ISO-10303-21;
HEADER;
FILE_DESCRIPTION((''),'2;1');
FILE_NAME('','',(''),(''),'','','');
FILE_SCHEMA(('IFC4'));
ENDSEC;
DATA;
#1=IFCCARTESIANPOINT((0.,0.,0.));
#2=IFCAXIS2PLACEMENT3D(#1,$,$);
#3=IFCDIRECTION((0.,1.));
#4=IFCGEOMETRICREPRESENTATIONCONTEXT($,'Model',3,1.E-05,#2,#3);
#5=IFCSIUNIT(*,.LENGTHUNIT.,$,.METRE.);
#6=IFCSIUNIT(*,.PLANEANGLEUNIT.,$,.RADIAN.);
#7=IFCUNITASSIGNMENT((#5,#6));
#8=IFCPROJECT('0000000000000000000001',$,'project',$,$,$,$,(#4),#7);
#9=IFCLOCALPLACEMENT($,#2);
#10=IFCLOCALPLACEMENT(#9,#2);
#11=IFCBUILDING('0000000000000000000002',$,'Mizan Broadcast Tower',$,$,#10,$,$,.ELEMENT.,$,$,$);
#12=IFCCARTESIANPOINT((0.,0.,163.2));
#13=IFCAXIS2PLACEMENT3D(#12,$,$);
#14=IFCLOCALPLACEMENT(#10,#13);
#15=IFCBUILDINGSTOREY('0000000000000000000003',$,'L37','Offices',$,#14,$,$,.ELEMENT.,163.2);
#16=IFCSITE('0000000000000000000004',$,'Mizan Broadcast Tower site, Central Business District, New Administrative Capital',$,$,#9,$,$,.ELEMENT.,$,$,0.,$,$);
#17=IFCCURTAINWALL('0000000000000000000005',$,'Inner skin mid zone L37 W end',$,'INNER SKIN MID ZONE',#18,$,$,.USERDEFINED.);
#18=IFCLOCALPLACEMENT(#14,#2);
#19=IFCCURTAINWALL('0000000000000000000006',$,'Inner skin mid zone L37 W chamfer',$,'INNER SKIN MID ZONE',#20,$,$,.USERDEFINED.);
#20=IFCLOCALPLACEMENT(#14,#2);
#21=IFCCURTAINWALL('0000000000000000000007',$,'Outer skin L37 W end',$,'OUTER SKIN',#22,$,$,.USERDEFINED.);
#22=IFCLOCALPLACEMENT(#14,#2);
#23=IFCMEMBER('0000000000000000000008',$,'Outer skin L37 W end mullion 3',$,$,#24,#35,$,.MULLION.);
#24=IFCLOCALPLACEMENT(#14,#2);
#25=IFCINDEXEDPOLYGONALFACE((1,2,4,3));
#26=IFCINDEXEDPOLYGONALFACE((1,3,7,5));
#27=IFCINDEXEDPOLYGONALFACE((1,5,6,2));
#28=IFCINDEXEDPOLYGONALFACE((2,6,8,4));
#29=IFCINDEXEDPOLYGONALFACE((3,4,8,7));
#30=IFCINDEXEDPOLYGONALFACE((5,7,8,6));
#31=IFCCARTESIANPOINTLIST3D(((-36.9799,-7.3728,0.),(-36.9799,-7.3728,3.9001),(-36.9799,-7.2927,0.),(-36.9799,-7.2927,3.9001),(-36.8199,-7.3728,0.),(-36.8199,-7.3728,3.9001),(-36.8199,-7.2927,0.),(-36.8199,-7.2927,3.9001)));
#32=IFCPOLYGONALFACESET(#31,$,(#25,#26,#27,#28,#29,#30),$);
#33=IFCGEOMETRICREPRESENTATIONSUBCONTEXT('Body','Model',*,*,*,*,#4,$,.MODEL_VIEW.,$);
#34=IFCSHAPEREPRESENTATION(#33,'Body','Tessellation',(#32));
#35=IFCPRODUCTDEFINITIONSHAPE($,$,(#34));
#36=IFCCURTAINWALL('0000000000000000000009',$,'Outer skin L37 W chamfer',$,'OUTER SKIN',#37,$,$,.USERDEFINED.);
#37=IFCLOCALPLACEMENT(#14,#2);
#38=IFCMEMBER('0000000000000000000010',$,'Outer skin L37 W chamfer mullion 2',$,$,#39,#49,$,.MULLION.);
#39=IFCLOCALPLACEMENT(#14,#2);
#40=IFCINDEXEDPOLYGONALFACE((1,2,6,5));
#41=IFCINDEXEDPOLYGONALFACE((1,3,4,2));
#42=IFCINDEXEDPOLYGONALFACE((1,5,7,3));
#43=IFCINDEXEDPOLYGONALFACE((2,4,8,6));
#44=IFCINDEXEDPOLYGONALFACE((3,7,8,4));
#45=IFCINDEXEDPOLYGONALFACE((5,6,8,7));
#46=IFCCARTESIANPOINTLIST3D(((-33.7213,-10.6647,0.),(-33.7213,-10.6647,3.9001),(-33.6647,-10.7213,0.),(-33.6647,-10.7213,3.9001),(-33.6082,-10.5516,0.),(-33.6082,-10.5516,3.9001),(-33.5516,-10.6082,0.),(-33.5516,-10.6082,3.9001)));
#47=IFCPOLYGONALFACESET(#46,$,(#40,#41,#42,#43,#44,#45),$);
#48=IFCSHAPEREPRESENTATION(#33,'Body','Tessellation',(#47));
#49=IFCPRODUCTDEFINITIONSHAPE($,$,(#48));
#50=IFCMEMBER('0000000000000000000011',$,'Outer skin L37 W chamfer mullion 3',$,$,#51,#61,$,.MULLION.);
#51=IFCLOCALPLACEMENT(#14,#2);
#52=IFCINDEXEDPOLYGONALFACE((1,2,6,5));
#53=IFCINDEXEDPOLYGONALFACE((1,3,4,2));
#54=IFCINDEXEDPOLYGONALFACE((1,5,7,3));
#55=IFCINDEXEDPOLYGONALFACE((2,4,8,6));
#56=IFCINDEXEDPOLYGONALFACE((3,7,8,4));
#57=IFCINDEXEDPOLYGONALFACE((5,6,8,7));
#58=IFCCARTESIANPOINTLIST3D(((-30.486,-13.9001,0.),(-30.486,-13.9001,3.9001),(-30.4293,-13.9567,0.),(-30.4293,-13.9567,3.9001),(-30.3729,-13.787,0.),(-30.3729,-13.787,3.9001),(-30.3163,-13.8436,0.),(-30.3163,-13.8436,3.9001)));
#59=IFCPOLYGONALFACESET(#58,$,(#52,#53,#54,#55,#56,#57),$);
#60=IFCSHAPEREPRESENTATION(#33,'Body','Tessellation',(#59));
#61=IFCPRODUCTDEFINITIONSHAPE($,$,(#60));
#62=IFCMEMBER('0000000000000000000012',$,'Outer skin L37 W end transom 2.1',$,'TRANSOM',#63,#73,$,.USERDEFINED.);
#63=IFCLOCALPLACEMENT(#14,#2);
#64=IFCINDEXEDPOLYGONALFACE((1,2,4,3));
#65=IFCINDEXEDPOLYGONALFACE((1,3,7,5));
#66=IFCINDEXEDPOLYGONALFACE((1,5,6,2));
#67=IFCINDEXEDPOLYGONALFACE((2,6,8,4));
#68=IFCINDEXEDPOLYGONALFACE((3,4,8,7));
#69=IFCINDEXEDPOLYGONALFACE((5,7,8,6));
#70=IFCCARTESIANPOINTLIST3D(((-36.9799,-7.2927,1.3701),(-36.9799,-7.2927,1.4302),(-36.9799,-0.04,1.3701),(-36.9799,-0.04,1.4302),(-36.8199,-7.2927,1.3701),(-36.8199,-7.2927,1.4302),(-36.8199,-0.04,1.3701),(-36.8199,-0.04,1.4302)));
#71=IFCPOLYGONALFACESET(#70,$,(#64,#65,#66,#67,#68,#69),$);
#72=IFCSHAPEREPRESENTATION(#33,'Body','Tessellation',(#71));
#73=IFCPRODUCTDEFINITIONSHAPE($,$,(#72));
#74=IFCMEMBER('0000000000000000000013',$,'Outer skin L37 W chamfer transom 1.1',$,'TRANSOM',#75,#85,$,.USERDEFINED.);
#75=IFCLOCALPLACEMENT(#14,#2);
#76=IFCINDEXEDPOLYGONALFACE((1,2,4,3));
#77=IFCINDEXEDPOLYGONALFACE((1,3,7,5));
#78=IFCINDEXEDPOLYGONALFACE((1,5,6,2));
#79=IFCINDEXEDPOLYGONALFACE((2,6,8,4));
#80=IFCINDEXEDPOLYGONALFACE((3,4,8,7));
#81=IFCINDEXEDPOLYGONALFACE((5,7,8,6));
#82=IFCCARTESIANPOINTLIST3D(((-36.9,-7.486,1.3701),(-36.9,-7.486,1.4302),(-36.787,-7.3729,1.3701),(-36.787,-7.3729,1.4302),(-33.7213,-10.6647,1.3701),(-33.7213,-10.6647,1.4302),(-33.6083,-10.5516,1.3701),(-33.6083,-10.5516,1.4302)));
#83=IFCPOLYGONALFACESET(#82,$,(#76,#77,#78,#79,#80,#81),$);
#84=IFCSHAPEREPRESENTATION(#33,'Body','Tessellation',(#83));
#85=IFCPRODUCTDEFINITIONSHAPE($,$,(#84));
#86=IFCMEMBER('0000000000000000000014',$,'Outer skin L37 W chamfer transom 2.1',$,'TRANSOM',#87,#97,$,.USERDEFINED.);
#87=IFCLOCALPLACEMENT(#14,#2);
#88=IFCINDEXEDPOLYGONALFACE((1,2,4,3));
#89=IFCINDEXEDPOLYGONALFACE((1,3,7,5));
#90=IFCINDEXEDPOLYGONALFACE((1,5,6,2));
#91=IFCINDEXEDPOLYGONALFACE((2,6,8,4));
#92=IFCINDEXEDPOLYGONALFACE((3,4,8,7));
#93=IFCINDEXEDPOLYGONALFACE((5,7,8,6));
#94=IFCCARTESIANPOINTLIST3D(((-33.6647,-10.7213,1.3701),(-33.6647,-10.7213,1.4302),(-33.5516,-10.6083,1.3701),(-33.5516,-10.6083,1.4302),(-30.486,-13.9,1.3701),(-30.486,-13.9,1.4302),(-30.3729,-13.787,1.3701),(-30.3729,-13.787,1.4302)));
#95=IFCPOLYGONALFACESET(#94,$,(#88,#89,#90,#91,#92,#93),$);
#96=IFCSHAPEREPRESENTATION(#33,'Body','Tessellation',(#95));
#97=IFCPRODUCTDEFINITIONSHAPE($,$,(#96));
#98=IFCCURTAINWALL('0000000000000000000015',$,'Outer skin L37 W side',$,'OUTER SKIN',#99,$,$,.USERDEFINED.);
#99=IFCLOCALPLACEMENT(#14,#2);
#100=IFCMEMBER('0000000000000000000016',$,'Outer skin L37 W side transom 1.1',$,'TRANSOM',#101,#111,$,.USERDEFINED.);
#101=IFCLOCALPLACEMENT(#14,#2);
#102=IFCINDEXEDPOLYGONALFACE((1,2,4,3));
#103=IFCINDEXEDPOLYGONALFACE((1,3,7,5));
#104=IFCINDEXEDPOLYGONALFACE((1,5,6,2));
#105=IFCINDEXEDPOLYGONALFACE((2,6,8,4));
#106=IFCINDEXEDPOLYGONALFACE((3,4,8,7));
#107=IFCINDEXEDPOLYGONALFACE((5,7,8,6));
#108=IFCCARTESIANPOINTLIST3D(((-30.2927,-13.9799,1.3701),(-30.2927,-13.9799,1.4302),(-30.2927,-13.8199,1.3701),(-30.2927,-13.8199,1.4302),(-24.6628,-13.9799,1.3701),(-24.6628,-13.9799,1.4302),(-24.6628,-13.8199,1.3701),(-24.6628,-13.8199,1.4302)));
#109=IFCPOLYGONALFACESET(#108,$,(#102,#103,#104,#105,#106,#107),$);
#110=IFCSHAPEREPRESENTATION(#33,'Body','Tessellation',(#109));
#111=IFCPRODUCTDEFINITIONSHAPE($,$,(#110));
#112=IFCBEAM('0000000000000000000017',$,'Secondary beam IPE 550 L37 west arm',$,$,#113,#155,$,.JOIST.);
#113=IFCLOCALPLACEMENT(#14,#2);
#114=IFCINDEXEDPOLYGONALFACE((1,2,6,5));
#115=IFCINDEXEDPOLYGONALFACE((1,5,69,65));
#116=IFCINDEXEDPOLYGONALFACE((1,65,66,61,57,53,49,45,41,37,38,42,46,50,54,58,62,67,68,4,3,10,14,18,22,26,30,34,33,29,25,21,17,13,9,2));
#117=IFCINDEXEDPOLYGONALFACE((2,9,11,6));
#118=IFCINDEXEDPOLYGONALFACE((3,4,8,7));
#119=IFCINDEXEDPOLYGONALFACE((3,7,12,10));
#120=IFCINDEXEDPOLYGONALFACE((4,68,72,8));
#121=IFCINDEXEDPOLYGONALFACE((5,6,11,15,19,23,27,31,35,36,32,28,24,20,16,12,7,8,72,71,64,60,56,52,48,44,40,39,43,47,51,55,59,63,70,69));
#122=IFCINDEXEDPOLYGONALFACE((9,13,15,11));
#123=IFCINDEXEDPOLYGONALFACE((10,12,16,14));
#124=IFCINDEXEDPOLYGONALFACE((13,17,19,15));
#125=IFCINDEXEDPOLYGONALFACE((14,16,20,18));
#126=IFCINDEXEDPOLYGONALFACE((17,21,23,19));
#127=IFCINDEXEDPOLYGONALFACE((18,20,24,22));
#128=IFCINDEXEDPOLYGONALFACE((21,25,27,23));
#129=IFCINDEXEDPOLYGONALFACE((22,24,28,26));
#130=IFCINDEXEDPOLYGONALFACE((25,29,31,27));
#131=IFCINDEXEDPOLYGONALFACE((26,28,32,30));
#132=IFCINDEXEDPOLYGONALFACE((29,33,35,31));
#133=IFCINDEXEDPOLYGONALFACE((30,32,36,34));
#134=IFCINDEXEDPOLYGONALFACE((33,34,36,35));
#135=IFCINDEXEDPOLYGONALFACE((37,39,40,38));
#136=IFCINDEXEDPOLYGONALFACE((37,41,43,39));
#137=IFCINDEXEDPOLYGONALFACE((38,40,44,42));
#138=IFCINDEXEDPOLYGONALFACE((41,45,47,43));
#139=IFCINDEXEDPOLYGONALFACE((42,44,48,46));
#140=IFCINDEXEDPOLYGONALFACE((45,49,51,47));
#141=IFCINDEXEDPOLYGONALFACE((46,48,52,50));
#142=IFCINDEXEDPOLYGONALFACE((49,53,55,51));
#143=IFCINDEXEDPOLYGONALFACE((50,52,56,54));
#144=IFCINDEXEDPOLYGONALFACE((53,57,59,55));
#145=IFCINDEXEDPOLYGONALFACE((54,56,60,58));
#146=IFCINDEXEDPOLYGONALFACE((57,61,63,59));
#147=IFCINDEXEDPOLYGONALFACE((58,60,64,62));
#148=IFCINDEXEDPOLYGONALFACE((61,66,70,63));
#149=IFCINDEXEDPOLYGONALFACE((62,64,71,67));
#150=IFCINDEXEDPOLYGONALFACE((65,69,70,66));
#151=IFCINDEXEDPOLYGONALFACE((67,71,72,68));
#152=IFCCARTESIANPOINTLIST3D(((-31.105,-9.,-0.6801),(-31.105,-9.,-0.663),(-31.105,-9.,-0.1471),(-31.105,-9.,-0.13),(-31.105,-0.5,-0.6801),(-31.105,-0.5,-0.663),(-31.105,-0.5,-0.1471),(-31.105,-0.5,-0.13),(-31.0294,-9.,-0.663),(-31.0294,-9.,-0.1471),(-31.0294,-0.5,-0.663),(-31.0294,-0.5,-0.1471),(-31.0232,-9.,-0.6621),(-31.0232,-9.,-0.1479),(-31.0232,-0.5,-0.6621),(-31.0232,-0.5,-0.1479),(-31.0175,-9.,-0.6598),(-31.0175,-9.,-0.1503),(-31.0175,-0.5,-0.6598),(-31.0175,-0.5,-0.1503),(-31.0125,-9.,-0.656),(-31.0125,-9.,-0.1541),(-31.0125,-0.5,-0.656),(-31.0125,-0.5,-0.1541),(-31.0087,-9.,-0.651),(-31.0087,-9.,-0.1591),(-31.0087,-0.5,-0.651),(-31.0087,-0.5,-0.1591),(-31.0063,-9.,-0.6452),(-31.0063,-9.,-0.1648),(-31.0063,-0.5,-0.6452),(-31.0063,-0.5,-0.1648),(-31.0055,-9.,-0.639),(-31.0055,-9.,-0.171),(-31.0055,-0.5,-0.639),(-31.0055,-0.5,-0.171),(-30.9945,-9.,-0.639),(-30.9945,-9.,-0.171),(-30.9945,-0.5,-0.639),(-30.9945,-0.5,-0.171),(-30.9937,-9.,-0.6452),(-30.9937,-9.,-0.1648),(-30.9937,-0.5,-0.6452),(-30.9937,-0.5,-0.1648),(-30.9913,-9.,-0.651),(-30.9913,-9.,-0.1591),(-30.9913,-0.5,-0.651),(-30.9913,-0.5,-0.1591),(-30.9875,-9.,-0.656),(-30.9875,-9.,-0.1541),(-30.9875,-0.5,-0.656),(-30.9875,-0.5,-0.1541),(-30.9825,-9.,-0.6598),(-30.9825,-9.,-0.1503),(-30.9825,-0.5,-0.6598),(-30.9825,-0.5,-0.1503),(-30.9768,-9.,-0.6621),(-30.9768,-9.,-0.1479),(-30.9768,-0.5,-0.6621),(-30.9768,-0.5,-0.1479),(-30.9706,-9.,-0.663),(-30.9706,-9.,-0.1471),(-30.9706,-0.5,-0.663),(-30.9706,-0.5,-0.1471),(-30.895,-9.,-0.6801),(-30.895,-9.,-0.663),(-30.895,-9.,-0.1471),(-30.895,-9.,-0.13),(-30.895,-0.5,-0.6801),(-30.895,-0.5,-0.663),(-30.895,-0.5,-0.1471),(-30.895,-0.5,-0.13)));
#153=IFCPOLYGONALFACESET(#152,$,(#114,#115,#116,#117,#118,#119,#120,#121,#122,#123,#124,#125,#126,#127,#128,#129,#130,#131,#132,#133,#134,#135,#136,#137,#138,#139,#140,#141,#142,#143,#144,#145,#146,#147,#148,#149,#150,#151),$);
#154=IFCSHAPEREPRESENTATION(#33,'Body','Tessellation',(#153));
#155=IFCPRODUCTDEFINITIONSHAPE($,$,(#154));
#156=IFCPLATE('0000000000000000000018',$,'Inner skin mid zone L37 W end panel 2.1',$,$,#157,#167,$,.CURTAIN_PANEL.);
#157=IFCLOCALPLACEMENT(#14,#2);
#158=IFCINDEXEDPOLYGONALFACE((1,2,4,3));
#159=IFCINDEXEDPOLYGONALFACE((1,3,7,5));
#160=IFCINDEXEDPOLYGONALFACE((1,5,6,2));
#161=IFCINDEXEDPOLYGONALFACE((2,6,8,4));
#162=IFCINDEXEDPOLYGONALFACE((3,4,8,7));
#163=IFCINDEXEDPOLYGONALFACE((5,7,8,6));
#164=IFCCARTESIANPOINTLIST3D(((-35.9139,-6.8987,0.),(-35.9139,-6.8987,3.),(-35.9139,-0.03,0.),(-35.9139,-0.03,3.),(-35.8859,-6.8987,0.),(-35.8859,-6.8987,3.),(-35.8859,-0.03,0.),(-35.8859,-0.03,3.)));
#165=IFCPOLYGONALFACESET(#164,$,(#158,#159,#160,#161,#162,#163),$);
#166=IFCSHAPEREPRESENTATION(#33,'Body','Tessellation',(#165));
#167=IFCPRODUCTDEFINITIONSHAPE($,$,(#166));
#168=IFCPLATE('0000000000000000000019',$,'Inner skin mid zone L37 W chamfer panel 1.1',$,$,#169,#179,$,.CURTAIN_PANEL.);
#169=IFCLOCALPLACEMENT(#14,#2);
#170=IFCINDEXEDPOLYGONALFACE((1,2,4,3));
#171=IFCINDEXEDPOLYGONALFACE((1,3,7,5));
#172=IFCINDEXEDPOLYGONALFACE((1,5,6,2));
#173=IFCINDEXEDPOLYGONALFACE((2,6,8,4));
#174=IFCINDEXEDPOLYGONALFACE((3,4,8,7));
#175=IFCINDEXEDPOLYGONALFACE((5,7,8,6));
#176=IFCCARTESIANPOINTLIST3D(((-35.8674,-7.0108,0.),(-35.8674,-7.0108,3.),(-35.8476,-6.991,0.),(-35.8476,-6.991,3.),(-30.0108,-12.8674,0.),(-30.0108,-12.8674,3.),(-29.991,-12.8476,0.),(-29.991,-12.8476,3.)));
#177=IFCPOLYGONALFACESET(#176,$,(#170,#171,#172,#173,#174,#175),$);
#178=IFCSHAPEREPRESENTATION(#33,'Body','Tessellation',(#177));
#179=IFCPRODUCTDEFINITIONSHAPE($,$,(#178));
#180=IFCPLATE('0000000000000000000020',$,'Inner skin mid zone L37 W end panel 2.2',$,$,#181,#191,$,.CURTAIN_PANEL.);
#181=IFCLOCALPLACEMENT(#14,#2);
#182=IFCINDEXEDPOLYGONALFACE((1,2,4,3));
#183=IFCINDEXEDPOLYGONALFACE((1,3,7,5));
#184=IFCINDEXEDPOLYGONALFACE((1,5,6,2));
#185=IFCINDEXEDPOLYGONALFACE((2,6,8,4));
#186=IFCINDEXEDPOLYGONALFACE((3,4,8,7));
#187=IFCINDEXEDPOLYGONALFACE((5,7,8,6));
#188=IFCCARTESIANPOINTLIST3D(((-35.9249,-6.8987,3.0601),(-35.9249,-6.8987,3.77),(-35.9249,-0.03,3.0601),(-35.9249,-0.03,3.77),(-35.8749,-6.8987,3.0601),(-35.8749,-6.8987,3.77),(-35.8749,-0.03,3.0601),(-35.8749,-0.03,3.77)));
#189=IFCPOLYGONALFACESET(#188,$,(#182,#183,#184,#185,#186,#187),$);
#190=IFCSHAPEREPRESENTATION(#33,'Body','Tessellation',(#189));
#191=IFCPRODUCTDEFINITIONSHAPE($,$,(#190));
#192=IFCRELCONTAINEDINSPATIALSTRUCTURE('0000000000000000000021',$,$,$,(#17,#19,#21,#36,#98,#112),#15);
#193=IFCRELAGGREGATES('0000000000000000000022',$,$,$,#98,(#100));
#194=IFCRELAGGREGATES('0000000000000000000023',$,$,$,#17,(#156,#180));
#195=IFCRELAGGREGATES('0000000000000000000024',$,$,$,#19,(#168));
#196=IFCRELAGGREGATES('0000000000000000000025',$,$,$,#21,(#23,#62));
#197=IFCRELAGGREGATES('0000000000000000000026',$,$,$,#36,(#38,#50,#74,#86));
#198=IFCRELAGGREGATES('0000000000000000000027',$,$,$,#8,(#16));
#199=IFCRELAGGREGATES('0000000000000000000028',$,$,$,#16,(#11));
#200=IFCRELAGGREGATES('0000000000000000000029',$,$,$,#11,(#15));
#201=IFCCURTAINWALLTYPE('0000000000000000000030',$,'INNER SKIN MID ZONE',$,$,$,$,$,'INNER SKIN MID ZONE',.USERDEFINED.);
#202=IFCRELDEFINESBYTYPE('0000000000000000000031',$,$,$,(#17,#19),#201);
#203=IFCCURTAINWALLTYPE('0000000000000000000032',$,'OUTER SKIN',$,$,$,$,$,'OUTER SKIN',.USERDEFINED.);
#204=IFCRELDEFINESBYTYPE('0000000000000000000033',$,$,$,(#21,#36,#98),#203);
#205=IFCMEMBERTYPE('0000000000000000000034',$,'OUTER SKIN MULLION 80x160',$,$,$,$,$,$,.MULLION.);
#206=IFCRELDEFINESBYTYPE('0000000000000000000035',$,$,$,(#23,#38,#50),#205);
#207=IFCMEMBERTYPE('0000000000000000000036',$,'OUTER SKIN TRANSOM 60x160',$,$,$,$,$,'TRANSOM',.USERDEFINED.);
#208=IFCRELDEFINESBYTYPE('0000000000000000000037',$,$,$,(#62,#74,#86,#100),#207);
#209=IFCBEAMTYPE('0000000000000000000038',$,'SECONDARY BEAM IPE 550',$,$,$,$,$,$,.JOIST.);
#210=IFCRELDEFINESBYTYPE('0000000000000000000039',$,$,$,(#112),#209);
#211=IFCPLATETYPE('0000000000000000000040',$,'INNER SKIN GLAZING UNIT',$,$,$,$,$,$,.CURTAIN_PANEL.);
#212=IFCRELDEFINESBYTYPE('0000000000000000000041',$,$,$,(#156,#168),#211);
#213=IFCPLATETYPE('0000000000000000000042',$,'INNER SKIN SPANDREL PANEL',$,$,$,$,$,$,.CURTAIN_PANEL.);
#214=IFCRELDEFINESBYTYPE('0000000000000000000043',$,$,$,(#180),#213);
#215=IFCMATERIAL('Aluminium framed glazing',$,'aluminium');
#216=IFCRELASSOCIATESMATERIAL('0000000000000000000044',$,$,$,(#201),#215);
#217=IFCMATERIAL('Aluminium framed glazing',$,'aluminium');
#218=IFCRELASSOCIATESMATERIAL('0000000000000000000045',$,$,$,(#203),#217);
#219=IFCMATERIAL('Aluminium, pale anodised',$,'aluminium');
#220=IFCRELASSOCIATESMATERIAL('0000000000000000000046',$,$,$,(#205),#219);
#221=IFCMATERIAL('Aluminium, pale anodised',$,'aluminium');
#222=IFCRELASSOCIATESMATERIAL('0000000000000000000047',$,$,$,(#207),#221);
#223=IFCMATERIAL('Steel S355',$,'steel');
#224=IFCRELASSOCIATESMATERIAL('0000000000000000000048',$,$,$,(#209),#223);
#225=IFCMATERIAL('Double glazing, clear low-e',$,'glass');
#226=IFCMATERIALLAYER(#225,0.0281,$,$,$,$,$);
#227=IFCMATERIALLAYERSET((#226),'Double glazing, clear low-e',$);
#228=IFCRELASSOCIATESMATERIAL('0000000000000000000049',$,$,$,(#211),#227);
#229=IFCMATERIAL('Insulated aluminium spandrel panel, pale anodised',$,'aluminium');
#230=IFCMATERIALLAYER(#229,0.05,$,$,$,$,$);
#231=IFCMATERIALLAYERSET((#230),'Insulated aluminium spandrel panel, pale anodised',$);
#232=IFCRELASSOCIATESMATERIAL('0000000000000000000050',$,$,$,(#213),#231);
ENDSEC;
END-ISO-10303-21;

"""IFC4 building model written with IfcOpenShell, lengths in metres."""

from ifc_helpers import new_model, si_unit, direction, frame, origin, origin_2d, place, context, subcontext, project, spatial, rectangle, i_section, extrude, material, layer, layer_set, material_profile, profile_set, type_object, element, aggregate, save


model = new_model("IFC4")

# Units and contexts
model_context = context("Model", 3, precision=1e-05, world=origin(), true_north=direction((0.0, 1.0)))
body_context = subcontext(model_context, "Body", "Model", "MODEL_VIEW")
ifc_project = project(units=[si_unit("LENGTHUNIT", "METRE"), si_unit("PLANEANGLEUNIT", "RADIAN")], contexts=[model_context])

# Site, building, storey
site_placement = place(None, origin())
site = spatial("IfcSite", under=ifc_project, at=site_placement, Name="Mizan Broadcast Tower site, Central Business District, New Administrative Capital", CompositionType="ELEMENT", RefElevation=0.0)
building_placement = place(site_placement, origin())
building = spatial("IfcBuilding", under=site, at=building_placement, Name="Mizan Broadcast Tower", CompositionType="ELEMENT")
storey_placement = place(building_placement, frame((0.0, 0.0, 163.2)))
storey = spatial("IfcBuildingStorey", under=building, at=storey_placement, Name="L37", Description="Offices", CompositionType="ELEMENT", Elevation=163.2)

# Curtain wall
ifc_material_1 = material(Name="Aluminium framed glazing", Category="aluminium")
curtain_wall_type_1 = type_object("IfcCurtainWallType", Name="INNER SKIN MID ZONE", ElementType="INNER SKIN MID ZONE", PredefinedType="USERDEFINED", material=ifc_material_1)
curtain_wall_1_placement = place(storey_placement, origin())
curtain_wall_1 = element("IfcCurtainWall", 1, at=curtain_wall_1_placement, inside=storey, type_object=curtain_wall_type_1, Name="Inner skin mid zone L37 W end", ObjectType="INNER SKIN MID ZONE", PredefinedType="USERDEFINED")

# Curtain wall
curtain_wall_2_placement = place(storey_placement, origin())
curtain_wall_2 = element("IfcCurtainWall", 2, at=curtain_wall_2_placement, inside=storey, type_object=curtain_wall_type_1, Name="Inner skin mid zone L37 W chamfer", ObjectType="INNER SKIN MID ZONE", PredefinedType="USERDEFINED")

# Curtain walls, members
ifc_material_2 = material(Name="Aluminium framed glazing", Category="aluminium")
curtain_wall_type_2 = type_object("IfcCurtainWallType", Name="OUTER SKIN", ElementType="OUTER SKIN", PredefinedType="USERDEFINED", material=ifc_material_2)
curtain_wall_3_placement = place(storey_placement, origin())
curtain_wall_3 = element("IfcCurtainWall", 3, at=curtain_wall_3_placement, inside=storey, type_object=curtain_wall_type_2, Name="Outer skin L37 W end", ObjectType="OUTER SKIN", PredefinedType="USERDEFINED")
ifc_material_3 = material(Name="Aluminium, pale anodised", Category="aluminium")
ifc_material_profile_1 = material_profile(ifc_material_3, rectangle(XDim=0.1599, YDim=0.0801, at=origin_2d()), Name="MULLION 160x80")
ifc_profile_set_1 = profile_set([ifc_material_profile_1], Name="Aluminium, pale anodised")
member_type_1 = type_object("IfcMemberType", Name="OUTER SKIN MULLION 80x160", PredefinedType="MULLION", material=ifc_profile_set_1)
member_1_placement = place(storey_placement, frame((-36.8999, -7.3328, 0.0), z_axis=(0.0, 0.0, 1.0), x_axis=(1.0, 0.0, 0.0)))
member_1 = element("IfcMember", 4, at=member_1_placement, type_object=member_type_1, Name="Outer skin L37 W end mullion 3", PredefinedType="MULLION", context=body_context, shape_type="SweptSolid", body=[
    extrude(rectangle(XDim=0.1599, YDim=0.0801, at=origin_2d()), origin(), (0.0, 0.0, 1.0), 3.9001),
])
curtain_wall_4_placement = place(storey_placement, origin())
curtain_wall_4 = element("IfcCurtainWall", 5, at=curtain_wall_4_placement, inside=storey, type_object=curtain_wall_type_2, Name="Outer skin L37 W chamfer", ObjectType="OUTER SKIN", PredefinedType="USERDEFINED")
member_2_placement = place(storey_placement, frame((-33.6365, -10.6365, 0.0), z_axis=(0.0, 0.0, 1.0), x_axis=(0.707107, 0.707107, 0.0)))
member_2 = element("IfcMember", 6, at=member_2_placement, type_object=member_type_1, Name="Outer skin L37 W chamfer mullion 2", PredefinedType="MULLION", context=body_context, shape_type="SweptSolid", body=[
    extrude(rectangle(XDim=0.1599, YDim=0.0801, at=origin_2d()), origin(), (0.0, 0.0, 1.0), 3.9001),
])
member_3_placement = place(storey_placement, frame((-30.4011, -13.8718, 0.0), z_axis=(0.0, 0.0, 1.0), x_axis=(0.707107, 0.707107, 0.0)))
member_3 = element("IfcMember", 7, at=member_3_placement, type_object=member_type_1, Name="Outer skin L37 W chamfer mullion 3", PredefinedType="MULLION", context=body_context, shape_type="SweptSolid", body=[
    extrude(rectangle(XDim=0.1599, YDim=0.0801, at=origin_2d()), origin(), (0.0, 0.0, 1.0), 3.9001),
])

# Members
ifc_material_4 = material(Name="Aluminium, pale anodised", Category="aluminium")
ifc_material_profile_2 = material_profile(ifc_material_4, rectangle(XDim=0.1599, YDim=0.0601, at=origin_2d()), Name="TRANSOM 160x60")
ifc_profile_set_2 = profile_set([ifc_material_profile_2], Name="Aluminium, pale anodised")
member_type_2 = type_object("IfcMemberType", Name="OUTER SKIN TRANSOM 60x160", ElementType="TRANSOM", PredefinedType="USERDEFINED", material=ifc_profile_set_2)
member_4_placement = place(storey_placement, frame((-36.8999, -0.04, 1.4001), z_axis=(0.0, -1.0, 0.0), x_axis=(1.0, 0.0, 0.0)))
member_4 = element("IfcMember", 8, at=member_4_placement, type_object=member_type_2, Name="Outer skin L37 W end transom 2.1", ObjectType="TRANSOM", PredefinedType="USERDEFINED", context=body_context, shape_type="SweptSolid", body=[
    extrude(rectangle(XDim=0.1599, YDim=0.0601, at=origin_2d()), origin(), (0.0, 0.0, 1.0), 7.2527),
])
member_5_placement = place(storey_placement, frame((-36.8435, -7.4294, 1.4001), z_axis=(0.707107, -0.707107, 0.0), x_axis=(0.707107, 0.707107, 0.0)))
member_5 = element("IfcMember", 9, at=member_5_placement, type_object=member_type_2, Name="Outer skin L37 W chamfer transom 1.1", ObjectType="TRANSOM", PredefinedType="USERDEFINED", context=body_context, shape_type="SweptSolid", body=[
    extrude(rectangle(XDim=0.1599, YDim=0.0601, at=origin_2d()), origin(), (0.0, 0.0, 1.0), 4.4954),
])
member_6_placement = place(storey_placement, frame((-33.6082, -10.6648, 1.4001), z_axis=(0.707107, -0.707107, 0.0), x_axis=(0.707107, 0.707107, 0.0)))
member_6 = element("IfcMember", 10, at=member_6_placement, type_object=member_type_2, Name="Outer skin L37 W chamfer transom 2.1", ObjectType="TRANSOM", PredefinedType="USERDEFINED", context=body_context, shape_type="SweptSolid", body=[
    extrude(rectangle(XDim=0.1599, YDim=0.0601, at=origin_2d()), origin(), (0.0, 0.0, 1.0), 4.4954),
])

# Curtain wall, member
curtain_wall_5_placement = place(storey_placement, origin())
curtain_wall_5 = element("IfcCurtainWall", 11, at=curtain_wall_5_placement, inside=storey, type_object=curtain_wall_type_2, Name="Outer skin L37 W side", ObjectType="OUTER SKIN", PredefinedType="USERDEFINED")
member_7_placement = place(storey_placement, frame((-30.2927, -13.8999, 1.4001), z_axis=(1.0, 0.0, 0.0), x_axis=(0.0, 1.0, 0.0)))
member_7 = element("IfcMember", 12, at=member_7_placement, type_object=member_type_2, Name="Outer skin L37 W side transom 1.1", ObjectType="TRANSOM", PredefinedType="USERDEFINED", context=body_context, shape_type="SweptSolid", body=[
    extrude(rectangle(XDim=0.1599, YDim=0.0601, at=origin_2d()), origin(), (0.0, 0.0, 1.0), 5.6299),
])
aggregate(curtain_wall_5, [member_7])

# Beam
ifc_material_5 = material(Name="Steel S355", Category="steel")
ifc_material_profile_3 = material_profile(ifc_material_5, i_section(OverallWidth=0.21, OverallDepth=0.55, WebThickness=0.011, FlangeThickness=0.0171, FilletRadius=0.0239, at=origin_2d()), Name="IPE 550")
ifc_profile_set_3 = profile_set([ifc_material_profile_3], Name="Steel S355")
beam_type_1 = type_object("IfcBeamType", Name="SECONDARY BEAM IPE 550", PredefinedType="JOIST", material=ifc_profile_set_3)
beam_1_placement = place(storey_placement, frame((-31.0, -9.0, -0.405), z_axis=(0.0, 1.0, 0.0), x_axis=(-1.0, 0.0, 0.0)))
element("IfcBeam", 13, at=beam_1_placement, inside=storey, type_object=beam_type_1, Name="Secondary beam IPE 550 L37 west arm", PredefinedType="JOIST", context=body_context, shape_type="SweptSolid", body=[
    extrude(i_section(OverallWidth=0.21, OverallDepth=0.55, WebThickness=0.011, FlangeThickness=0.0171, FilletRadius=0.0239, at=origin_2d()), origin(), (0.0, 0.0, 1.0), 8.5),
])

# Plates
ifc_material_6 = material(Name="Double glazing, clear low-e", Category="glass")
ifc_layer_1 = layer(ifc_material_6, 0.0281)
ifc_layer_set_1 = layer_set([ifc_layer_1], Name="Double glazing, clear low-e")
plate_type_1 = type_object("IfcPlateType", Name="INNER SKIN GLAZING UNIT", PredefinedType="CURTAIN_PANEL", material=ifc_layer_set_1)
plate_1_placement = place(storey_placement, frame((-35.8999, -3.4644, 0.0), z_axis=(0.0, 0.0, 1.0), x_axis=(0.0, -1.0, 0.0)))
plate_1 = element("IfcPlate", 14, at=plate_1_placement, type_object=plate_type_1, Name="Inner skin mid zone L37 W end panel 2.1", PredefinedType="CURTAIN_PANEL", context=body_context, shape_type="SweptSolid", body=[
    extrude(rectangle(XDim=6.8687, YDim=0.0281, at=origin_2d()), origin(), (0.0, 0.0, 1.0), 3.0),
])
plate_2_placement = place(storey_placement, frame((-32.9292, -9.9292, 0.0), z_axis=(0.0, 0.0, 1.0), x_axis=(0.707107, -0.707107, 0.0)))
plate_2 = element("IfcPlate", 15, at=plate_2_placement, type_object=plate_type_1, Name="Inner skin mid zone L37 W chamfer panel 1.1", PredefinedType="CURTAIN_PANEL", context=body_context, shape_type="SweptSolid", body=[
    extrude(rectangle(XDim=8.2825, YDim=0.0281, at=origin_2d()), origin(), (0.0, 0.0, 1.0), 3.0),
])
ifc_material_7 = material(Name="Insulated aluminium spandrel panel, pale anodised", Category="aluminium")
ifc_layer_2 = layer(ifc_material_7, 0.05)
ifc_layer_set_2 = layer_set([ifc_layer_2], Name="Insulated aluminium spandrel panel, pale anodised")
plate_type_2 = type_object("IfcPlateType", Name="INNER SKIN SPANDREL PANEL", PredefinedType="CURTAIN_PANEL", material=ifc_layer_set_2)
plate_3_placement = place(storey_placement, frame((-35.8999, -3.4644, 3.0601), z_axis=(0.0, 0.0, 1.0), x_axis=(0.0, -1.0, 0.0)))
plate_3 = element("IfcPlate", 16, at=plate_3_placement, type_object=plate_type_2, Name="Inner skin mid zone L37 W end panel 2.2", PredefinedType="CURTAIN_PANEL", context=body_context, shape_type="SweptSolid", body=[
    extrude(rectangle(XDim=6.8687, YDim=0.05, at=origin_2d()), origin(), (0.0, 0.0, 1.0), 0.71),
])
aggregate(curtain_wall_1, [plate_1, plate_3])
aggregate(curtain_wall_2, [plate_2])
aggregate(curtain_wall_3, [member_1, member_4])
aggregate(curtain_wall_4, [member_2, member_3, member_5, member_6])

save(model, "model.ifc")
